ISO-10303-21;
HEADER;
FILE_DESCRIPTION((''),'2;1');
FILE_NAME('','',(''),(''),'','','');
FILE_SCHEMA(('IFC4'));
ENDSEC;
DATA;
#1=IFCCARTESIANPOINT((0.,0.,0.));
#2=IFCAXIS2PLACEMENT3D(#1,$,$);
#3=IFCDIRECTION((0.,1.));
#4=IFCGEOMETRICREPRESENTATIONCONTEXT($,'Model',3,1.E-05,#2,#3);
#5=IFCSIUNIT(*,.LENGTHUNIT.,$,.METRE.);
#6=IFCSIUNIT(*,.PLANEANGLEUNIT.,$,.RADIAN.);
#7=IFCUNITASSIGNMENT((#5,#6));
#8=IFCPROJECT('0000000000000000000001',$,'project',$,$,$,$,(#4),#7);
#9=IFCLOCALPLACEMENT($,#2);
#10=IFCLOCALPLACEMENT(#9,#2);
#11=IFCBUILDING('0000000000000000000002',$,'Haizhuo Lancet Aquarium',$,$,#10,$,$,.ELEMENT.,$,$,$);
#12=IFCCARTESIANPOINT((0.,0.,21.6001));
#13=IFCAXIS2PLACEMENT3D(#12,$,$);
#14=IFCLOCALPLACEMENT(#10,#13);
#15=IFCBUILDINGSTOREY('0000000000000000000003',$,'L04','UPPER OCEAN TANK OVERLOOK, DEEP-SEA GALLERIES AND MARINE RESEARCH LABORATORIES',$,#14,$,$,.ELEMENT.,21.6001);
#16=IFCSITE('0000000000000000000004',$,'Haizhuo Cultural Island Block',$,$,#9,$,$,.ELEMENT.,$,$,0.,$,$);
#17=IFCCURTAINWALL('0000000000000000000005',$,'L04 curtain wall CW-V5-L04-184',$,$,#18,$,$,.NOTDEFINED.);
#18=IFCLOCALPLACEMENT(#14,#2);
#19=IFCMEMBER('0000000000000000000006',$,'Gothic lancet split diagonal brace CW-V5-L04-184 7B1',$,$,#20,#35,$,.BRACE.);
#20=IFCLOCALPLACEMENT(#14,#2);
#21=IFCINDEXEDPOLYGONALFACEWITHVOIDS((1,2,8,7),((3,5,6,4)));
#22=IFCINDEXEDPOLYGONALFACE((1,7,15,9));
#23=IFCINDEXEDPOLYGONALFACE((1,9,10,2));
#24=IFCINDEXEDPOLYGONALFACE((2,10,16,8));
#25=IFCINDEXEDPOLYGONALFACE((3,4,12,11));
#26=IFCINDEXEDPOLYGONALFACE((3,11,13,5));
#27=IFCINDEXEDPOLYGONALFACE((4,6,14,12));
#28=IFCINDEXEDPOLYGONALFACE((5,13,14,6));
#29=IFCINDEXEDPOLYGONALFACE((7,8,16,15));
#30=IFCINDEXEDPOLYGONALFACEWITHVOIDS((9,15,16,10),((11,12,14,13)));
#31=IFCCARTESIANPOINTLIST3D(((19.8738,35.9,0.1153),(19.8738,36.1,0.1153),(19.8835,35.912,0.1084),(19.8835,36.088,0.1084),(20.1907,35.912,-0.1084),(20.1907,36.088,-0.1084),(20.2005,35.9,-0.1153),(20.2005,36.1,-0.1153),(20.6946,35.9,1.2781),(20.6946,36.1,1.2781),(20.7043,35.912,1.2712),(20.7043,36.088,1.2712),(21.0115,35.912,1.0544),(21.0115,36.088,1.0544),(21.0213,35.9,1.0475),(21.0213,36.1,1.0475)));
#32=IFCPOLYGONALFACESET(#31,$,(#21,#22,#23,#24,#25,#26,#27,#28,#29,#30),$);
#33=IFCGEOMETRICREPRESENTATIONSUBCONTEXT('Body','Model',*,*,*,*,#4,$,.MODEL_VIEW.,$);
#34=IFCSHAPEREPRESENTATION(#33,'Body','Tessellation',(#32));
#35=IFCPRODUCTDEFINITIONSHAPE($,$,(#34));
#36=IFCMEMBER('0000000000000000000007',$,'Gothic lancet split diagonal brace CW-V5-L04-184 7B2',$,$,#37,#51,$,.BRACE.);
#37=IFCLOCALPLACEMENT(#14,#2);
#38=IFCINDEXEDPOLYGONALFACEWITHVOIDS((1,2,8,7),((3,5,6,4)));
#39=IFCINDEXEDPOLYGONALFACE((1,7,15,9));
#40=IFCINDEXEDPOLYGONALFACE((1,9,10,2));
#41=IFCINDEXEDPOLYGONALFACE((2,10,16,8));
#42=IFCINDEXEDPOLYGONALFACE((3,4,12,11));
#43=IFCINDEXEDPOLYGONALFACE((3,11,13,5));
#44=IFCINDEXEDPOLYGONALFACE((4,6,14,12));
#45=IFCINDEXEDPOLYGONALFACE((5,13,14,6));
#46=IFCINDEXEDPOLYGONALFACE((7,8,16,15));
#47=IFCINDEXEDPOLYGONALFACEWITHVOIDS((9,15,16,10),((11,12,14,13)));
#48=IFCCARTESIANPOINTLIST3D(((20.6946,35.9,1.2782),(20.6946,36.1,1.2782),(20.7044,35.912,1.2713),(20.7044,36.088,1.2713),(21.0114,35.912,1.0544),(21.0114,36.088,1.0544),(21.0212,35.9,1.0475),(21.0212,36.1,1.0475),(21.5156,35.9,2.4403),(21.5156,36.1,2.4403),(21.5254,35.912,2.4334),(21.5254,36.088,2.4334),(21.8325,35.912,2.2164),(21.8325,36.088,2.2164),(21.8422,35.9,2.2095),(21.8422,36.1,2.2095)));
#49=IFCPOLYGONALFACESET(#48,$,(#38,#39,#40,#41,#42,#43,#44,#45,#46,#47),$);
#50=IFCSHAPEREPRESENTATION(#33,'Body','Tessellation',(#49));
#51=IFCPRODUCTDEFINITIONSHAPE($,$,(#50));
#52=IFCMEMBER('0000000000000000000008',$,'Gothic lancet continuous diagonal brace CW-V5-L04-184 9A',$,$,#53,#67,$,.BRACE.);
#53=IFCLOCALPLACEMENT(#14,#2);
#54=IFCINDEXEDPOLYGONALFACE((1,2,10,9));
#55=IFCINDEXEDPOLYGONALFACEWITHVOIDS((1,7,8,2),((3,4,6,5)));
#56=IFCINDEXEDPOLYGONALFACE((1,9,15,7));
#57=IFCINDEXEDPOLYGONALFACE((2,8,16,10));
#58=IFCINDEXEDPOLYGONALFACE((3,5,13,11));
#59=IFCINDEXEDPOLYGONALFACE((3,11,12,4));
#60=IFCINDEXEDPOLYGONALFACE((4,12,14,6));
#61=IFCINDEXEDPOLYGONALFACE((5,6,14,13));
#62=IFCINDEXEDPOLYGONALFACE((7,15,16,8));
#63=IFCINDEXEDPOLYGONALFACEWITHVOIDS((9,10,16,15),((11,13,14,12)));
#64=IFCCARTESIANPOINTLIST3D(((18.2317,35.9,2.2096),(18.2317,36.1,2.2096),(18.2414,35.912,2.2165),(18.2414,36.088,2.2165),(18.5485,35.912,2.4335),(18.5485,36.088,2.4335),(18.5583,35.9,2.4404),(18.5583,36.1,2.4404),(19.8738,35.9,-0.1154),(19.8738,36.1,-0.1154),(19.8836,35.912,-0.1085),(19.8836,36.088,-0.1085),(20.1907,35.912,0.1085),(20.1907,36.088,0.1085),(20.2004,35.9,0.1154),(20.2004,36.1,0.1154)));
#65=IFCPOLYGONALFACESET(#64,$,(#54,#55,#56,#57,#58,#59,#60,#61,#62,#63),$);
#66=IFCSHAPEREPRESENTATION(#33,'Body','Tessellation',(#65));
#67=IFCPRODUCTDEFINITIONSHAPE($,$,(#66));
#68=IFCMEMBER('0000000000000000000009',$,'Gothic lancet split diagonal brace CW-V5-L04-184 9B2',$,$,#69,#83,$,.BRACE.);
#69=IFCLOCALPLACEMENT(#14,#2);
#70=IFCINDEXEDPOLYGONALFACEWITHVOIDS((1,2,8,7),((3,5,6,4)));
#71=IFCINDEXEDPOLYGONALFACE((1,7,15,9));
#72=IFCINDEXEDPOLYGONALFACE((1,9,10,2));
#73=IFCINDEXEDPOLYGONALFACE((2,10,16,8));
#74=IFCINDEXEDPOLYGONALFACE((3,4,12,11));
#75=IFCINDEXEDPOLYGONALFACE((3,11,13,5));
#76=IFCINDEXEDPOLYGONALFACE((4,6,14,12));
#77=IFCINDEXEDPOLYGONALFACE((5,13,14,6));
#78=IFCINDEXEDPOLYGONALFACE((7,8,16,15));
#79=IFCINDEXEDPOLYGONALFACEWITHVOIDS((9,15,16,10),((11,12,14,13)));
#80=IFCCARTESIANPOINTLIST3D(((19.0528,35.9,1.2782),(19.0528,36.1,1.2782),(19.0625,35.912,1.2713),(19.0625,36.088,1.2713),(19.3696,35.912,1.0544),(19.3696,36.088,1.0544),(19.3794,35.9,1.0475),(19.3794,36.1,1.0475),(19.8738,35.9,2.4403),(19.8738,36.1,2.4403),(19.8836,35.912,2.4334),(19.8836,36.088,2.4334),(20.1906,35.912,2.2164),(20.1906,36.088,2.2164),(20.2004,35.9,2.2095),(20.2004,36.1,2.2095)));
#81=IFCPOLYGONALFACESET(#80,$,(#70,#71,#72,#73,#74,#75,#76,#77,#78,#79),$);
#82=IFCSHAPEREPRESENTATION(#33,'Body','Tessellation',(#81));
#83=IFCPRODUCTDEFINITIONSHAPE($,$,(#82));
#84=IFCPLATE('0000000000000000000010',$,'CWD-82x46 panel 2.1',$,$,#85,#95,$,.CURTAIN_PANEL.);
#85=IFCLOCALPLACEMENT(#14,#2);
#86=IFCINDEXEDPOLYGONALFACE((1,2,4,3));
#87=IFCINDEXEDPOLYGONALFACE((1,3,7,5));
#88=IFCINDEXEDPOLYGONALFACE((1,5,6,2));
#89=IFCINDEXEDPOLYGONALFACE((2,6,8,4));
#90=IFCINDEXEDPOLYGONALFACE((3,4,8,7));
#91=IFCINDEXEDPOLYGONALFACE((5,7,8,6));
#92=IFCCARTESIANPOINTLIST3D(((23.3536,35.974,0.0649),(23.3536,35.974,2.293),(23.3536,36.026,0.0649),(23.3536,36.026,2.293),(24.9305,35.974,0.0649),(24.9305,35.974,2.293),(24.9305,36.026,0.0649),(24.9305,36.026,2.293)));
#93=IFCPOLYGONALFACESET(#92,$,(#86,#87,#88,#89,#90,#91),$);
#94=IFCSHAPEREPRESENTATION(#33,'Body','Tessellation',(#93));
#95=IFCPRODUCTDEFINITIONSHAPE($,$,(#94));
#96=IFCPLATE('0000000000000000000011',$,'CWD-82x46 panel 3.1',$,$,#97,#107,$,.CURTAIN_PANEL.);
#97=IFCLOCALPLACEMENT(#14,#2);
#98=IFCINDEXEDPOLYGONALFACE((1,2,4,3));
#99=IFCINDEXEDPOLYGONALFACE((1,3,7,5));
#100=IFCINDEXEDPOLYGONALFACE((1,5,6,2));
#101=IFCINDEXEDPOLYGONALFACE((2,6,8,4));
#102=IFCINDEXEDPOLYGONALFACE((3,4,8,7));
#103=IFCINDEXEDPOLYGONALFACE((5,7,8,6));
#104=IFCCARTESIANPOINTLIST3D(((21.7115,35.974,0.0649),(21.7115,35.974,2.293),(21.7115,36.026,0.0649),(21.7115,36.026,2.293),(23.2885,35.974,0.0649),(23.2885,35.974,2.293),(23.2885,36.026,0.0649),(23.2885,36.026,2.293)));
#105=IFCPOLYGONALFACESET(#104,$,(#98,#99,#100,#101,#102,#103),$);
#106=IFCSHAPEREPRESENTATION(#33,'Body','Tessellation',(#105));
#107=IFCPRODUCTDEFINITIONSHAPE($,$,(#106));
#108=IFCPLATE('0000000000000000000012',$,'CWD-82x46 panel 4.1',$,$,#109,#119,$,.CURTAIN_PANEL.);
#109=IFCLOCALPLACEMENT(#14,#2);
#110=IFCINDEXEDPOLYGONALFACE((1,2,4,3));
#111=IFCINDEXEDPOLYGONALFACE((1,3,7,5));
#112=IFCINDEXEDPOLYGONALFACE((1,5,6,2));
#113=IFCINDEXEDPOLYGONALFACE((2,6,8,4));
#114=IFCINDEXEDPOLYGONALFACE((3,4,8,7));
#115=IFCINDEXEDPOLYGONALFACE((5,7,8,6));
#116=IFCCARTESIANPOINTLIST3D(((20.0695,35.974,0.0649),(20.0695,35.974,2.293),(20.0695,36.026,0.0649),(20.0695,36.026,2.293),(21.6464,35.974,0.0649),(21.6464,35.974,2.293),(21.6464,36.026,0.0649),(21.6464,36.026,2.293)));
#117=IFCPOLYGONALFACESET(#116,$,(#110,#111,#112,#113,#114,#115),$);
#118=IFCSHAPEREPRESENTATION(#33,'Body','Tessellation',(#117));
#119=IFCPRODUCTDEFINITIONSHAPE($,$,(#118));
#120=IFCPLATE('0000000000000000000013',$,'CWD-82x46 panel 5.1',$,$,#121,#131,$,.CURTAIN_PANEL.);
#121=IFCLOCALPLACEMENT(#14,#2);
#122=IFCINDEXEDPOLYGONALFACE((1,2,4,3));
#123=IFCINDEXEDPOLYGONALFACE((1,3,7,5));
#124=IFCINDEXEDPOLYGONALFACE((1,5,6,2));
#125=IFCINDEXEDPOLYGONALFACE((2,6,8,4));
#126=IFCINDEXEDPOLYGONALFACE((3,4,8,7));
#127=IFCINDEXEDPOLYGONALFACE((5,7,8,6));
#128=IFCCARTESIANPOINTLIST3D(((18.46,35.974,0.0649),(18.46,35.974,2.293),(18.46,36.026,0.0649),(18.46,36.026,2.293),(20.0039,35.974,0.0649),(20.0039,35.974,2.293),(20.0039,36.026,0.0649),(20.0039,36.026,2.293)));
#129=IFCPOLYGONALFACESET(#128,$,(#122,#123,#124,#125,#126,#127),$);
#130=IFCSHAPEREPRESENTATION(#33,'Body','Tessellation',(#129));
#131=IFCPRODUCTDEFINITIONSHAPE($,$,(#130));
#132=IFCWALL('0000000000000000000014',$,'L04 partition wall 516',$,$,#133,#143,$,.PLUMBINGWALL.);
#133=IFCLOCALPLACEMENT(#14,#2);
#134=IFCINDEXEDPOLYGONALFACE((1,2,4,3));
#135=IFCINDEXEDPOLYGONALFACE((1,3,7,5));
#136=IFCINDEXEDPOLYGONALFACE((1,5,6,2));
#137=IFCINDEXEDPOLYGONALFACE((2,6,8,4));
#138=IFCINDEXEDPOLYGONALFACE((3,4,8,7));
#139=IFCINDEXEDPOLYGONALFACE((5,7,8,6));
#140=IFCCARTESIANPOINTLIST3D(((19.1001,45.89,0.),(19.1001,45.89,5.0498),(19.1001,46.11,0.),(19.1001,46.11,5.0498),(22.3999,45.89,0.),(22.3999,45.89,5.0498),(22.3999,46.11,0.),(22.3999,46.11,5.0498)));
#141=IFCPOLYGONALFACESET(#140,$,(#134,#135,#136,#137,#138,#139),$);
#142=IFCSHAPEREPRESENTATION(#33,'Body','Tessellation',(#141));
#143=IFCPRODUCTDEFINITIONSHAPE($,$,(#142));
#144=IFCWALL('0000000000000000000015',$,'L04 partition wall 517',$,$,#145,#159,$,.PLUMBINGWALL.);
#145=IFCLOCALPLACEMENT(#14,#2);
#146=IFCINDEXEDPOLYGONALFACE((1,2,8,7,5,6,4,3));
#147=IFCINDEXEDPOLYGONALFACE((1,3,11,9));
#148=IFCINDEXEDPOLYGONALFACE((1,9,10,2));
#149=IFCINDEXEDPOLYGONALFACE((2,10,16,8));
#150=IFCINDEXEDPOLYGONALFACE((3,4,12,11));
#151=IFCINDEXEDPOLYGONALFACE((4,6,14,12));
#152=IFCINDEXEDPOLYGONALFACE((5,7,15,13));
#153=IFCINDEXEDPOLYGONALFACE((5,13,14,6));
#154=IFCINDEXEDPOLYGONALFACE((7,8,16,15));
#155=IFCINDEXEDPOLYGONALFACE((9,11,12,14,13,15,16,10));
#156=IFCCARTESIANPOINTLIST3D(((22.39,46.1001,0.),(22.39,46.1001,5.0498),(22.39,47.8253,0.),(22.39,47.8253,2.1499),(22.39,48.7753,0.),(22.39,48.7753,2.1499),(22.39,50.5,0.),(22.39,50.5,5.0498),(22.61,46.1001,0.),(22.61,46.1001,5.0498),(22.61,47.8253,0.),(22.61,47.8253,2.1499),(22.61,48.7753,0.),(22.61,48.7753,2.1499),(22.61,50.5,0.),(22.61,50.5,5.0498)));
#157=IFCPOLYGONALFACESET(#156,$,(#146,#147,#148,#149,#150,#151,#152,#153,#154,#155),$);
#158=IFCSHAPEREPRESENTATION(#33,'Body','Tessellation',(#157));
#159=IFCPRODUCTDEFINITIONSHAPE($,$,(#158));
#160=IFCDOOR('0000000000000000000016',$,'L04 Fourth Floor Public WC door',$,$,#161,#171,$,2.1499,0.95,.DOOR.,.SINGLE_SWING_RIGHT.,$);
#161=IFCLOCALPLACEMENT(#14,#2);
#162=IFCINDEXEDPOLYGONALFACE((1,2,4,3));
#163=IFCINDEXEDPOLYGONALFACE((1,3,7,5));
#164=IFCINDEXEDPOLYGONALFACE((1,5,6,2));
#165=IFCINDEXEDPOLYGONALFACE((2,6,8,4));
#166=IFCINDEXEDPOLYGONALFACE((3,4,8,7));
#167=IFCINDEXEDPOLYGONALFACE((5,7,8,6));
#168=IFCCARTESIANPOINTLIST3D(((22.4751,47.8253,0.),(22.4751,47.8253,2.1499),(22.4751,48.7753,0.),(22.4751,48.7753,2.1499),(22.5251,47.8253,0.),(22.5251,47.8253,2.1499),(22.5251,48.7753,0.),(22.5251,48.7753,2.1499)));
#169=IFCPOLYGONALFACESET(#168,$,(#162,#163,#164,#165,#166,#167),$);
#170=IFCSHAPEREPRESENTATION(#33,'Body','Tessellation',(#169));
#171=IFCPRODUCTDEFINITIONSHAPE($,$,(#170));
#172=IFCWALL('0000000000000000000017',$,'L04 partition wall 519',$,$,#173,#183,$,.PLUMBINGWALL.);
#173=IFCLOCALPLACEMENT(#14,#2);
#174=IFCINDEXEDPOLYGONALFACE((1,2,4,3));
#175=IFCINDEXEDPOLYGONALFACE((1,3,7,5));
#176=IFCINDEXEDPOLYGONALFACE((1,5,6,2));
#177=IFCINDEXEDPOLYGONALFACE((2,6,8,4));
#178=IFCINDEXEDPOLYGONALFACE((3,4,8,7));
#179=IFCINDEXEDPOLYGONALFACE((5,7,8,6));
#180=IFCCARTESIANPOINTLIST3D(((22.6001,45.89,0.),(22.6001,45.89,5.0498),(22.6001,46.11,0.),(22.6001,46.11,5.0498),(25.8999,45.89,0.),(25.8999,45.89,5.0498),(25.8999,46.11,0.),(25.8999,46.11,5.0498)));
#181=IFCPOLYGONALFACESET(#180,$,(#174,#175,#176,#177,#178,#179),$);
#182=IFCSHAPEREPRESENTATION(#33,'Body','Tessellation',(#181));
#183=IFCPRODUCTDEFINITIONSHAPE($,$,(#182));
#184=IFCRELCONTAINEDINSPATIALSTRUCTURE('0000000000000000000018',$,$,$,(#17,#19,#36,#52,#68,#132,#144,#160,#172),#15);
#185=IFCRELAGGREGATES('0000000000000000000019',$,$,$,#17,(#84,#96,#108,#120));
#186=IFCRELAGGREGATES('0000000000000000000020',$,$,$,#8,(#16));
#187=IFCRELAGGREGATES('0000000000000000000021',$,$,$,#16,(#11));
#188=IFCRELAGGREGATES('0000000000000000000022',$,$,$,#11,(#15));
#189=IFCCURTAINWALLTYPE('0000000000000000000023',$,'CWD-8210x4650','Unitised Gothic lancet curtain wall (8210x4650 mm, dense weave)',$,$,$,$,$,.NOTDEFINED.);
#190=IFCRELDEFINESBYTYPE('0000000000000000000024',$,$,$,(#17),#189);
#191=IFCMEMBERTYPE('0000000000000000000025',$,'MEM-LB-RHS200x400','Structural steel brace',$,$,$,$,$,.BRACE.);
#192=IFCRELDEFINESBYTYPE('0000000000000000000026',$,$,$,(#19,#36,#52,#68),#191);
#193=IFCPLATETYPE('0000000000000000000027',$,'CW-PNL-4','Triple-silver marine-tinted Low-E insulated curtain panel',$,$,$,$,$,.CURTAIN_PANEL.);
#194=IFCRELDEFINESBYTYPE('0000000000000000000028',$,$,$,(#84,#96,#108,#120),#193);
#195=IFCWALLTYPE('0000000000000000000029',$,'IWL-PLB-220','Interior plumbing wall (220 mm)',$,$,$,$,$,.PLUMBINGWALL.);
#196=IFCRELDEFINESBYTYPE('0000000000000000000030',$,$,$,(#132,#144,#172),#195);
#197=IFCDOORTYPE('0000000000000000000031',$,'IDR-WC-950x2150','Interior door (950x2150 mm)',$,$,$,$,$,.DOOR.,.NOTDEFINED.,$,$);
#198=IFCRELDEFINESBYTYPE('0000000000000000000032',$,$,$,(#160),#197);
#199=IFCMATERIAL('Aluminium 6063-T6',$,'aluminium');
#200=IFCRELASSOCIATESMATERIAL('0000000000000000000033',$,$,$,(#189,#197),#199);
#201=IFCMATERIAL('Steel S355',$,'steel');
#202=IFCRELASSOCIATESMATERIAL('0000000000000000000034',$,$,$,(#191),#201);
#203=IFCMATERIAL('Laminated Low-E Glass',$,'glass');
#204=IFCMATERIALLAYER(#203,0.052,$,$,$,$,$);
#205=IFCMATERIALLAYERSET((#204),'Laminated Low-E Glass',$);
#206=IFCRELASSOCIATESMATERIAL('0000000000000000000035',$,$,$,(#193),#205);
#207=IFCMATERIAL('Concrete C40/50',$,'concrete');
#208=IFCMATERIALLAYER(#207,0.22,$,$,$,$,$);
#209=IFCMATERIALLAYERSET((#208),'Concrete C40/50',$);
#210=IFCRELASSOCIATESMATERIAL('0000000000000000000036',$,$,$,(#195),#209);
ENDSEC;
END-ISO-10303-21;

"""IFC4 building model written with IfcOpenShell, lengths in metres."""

from ifc_helpers import new_model, si_unit, direction, frame, frame_2d, origin, origin_2d, place, context, subcontext, project, spatial, rectangle, hollow_rectangle, extrude, material, layer, layer_set, material_profile, profile_set, type_object, element, fill, aggregate, save


model = new_model("IFC4")

# Units and contexts
model_context = context("Model", 3, precision=1e-05, world=origin(), true_north=direction((0.0, 1.0)))
body_context = subcontext(model_context, "Body", "Model", "MODEL_VIEW")
ifc_project = project(units=[si_unit("LENGTHUNIT", "METRE"), si_unit("PLANEANGLEUNIT", "RADIAN")], contexts=[model_context])

# Site, building, storey
site_placement = place(None, origin())
site = spatial("IfcSite", under=ifc_project, at=site_placement, Name="Haizhuo Cultural Island Block", CompositionType="ELEMENT", RefElevation=0.0)
building_placement = place(site_placement, origin())
building = spatial("IfcBuilding", under=site, at=building_placement, Name="Haizhuo Lancet Aquarium", CompositionType="ELEMENT")
storey_placement = place(building_placement, frame((0.0, 0.0, 21.6001)))
storey = spatial("IfcBuildingStorey", under=building, at=storey_placement, Name="L04", Description="UPPER OCEAN TANK OVERLOOK, DEEP-SEA GALLERIES AND MARINE RESEARCH LABORATORIES", CompositionType="ELEMENT", Elevation=21.6001)

# Curtain wall
ifc_material_1 = material(Name="Aluminium 6063-T6", Category="aluminium")
curtain_wall_type = type_object("IfcCurtainWallType", Name="CWD-8210x4650", Description="Unitised Gothic lancet curtain wall (8210x4650 mm, dense weave)", PredefinedType="NOTDEFINED", material=ifc_material_1)
curtain_wall_placement = place(storey_placement, origin())
curtain_wall = element("IfcCurtainWall", 1, at=curtain_wall_placement, inside=storey, type_object=curtain_wall_type, Name="L04 curtain wall CW-V5-L04-184", PredefinedType="NOTDEFINED")

# Members
ifc_material_2 = material(Name="Steel S355", Category="steel")
ifc_material_profile_1 = material_profile(ifc_material_2, hollow_rectangle(XDim=0.2, YDim=0.3999, WallThickness=0.012, at=origin_2d()), Name="RHS 200x400x12")
ifc_profile_set_1 = profile_set([ifc_material_profile_1], Name="Steel S355")
member_type_1 = type_object("IfcMemberType", Name="MEM-LB-RHS200x400", Description="Structural steel brace", PredefinedType="BRACE", material=ifc_profile_set_1)
member_1_placement = place(storey_placement, frame((20.0371, 36.0, 0.0), z_axis=(0.57667, 0.0, 0.816977), x_axis=(0.0, 1.0, 0.0)))
element("IfcMember", 2, at=member_1_placement, inside=storey, type_object=member_type_1, Name="Gothic lancet split diagonal brace CW-V5-L04-184 7B1", PredefinedType="BRACE", context=body_context, shape_type="SweptSolid", body=[
    extrude(hollow_rectangle(XDim=0.2, YDim=0.3999, WallThickness=0.012, at=origin_2d()), origin(), (0.0, 0.0, 1.0), 1.4233),
])
member_2_placement = place(storey_placement, frame((20.8579, 36.0, 1.1628), z_axis=(0.577027, 0.0, 0.816725), x_axis=(0.0, 1.0, 0.0)))
element("IfcMember", 3, at=member_2_placement, inside=storey, type_object=member_type_1, Name="Gothic lancet split diagonal brace CW-V5-L04-184 7B2", PredefinedType="BRACE", context=body_context, shape_type="SweptSolid", body=[
    extrude(hollow_rectangle(XDim=0.2, YDim=0.3999, WallThickness=0.012, at=origin_2d()), origin(), (0.0, 0.0, 1.0), 1.4229),
])
member_3_placement = place(storey_placement, frame((20.0371, 36.0, 0.0), z_axis=(-0.576905, 0.0, 0.816811), x_axis=(0.0, -1.0, 0.0)))
element("IfcMember", 4, at=member_3_placement, inside=storey, type_object=member_type_1, Name="Gothic lancet continuous diagonal brace CW-V5-L04-184 9A", PredefinedType="BRACE", context=body_context, shape_type="SweptSolid", body=[
    extrude(hollow_rectangle(XDim=0.2, YDim=0.3999, WallThickness=0.012, at=origin_2d()), origin(), (0.0, 0.0, 1.0), 2.8464),
])
member_4_placement = place(storey_placement, frame((19.2161, 36.0, 1.1628), z_axis=(0.577027, 0.0, 0.816725), x_axis=(0.0, 1.0, 0.0)))
element("IfcMember", 5, at=member_4_placement, inside=storey, type_object=member_type_1, Name="Gothic lancet split diagonal brace CW-V5-L04-184 9B2", PredefinedType="BRACE", context=body_context, shape_type="SweptSolid", body=[
    extrude(hollow_rectangle(XDim=0.2, YDim=0.3999, WallThickness=0.012, at=origin_2d()), origin(), (0.0, 0.0, 1.0), 1.4229),
])

# Plates
ifc_material_3 = material(Name="Laminated Low-E Glass", Category="glass")
ifc_layer_1 = layer(ifc_material_3, 0.052)
ifc_layer_set_1 = layer_set([ifc_layer_1], Name="Laminated Low-E Glass")
plate_type = type_object("IfcPlateType", Name="CW-PNL-4", Description="Triple-silver marine-tinted Low-E insulated curtain panel", PredefinedType="CURTAIN_PANEL", material=ifc_layer_set_1)
plate_1_placement = place(storey_placement, frame((24.1421, 36.0, 0.0649), z_axis=(0.0, 0.0, 1.0), x_axis=(-1.0, 0.0, 0.0)))
plate_1 = element("IfcPlate", 6, at=plate_1_placement, type_object=plate_type, Name="CWD-82x46 panel 2.1", PredefinedType="CURTAIN_PANEL", context=body_context, shape_type="SweptSolid", body=[
    extrude(rectangle(XDim=1.5769, YDim=0.052, at=origin_2d()), origin(), (0.0, 0.0, 1.0), 2.228),
])
plate_2_placement = place(storey_placement, frame((22.5, 36.0, 0.0649), z_axis=(0.0, 0.0, 1.0), x_axis=(-1.0, 0.0, 0.0)))
plate_2 = element("IfcPlate", 7, at=plate_2_placement, type_object=plate_type, Name="CWD-82x46 panel 3.1", PredefinedType="CURTAIN_PANEL", context=body_context, shape_type="SweptSolid", body=[
    extrude(rectangle(XDim=1.5769, YDim=0.052, at=origin_2d()), origin(), (0.0, 0.0, 1.0), 2.228),
])
plate_3_placement = place(storey_placement, frame((20.8579, 36.0, 0.0649), z_axis=(0.0, 0.0, 1.0), x_axis=(-1.0, 0.0, 0.0)))
plate_3 = element("IfcPlate", 8, at=plate_3_placement, type_object=plate_type, Name="CWD-82x46 panel 4.1", PredefinedType="CURTAIN_PANEL", context=body_context, shape_type="SweptSolid", body=[
    extrude(rectangle(XDim=1.5769, YDim=0.052, at=origin_2d()), origin(), (0.0, 0.0, 1.0), 2.228),
])
plate_4_placement = place(storey_placement, frame((19.2319, 36.0, 0.0649), z_axis=(0.0, 0.0, 1.0), x_axis=(-1.0, 0.0, 0.0)))
plate_4 = element("IfcPlate", 9, at=plate_4_placement, type_object=plate_type, Name="CWD-82x46 panel 5.1", PredefinedType="CURTAIN_PANEL", context=body_context, shape_type="SweptSolid", body=[
    extrude(rectangle(XDim=1.5439, YDim=0.052, at=origin_2d()), origin(), (0.0, 0.0, 1.0), 2.228),
])
aggregate(curtain_wall, [plate_1, plate_2, plate_3, plate_4])

# Wall
ifc_material_4 = material(Name="Concrete C40/50", Category="concrete")
ifc_layer_2 = layer(ifc_material_4, 0.22)
ifc_layer_set_2 = layer_set([ifc_layer_2], Name="Concrete C40/50")
wall_type = type_object("IfcWallType", Name="IWL-PLB-220", Description="Interior plumbing wall (220 mm)", PredefinedType="PLUMBINGWALL", material=ifc_layer_set_2)
wall_1_placement = place(storey_placement, frame((19.1001, 46.0, 0.0), z_axis=(0.0, 0.0, 1.0), x_axis=(1.0, 0.0, 0.0)))
element("IfcWall", 10, at=wall_1_placement, inside=storey, type_object=wall_type, Name="L04 partition wall 516", PredefinedType="PLUMBINGWALL", context=body_context, shape_type="SweptSolid", body=[
    extrude(rectangle(XDim=3.2998, YDim=0.22, at=frame_2d((1.6499, 0.0))), origin(), (0.0, 0.0, 1.0), 5.0498),
])

# Wall, opening, door
wall_2_placement = place(storey_placement, frame((22.5, 46.1001, 0.0), z_axis=(0.0, 0.0, 1.0), x_axis=(0.0, 1.0, 0.0)))
wall_2 = element("IfcWall", 11, at=wall_2_placement, inside=storey, type_object=wall_type, Name="L04 partition wall 517", PredefinedType="PLUMBINGWALL", context=body_context, shape_type="SweptSolid", body=[
    extrude(rectangle(XDim=4.3999, YDim=0.22, at=frame_2d((2.2, 0.0))), origin(), (0.0, 0.0, 1.0), 5.0498),
])
opening_placement = place(wall_2_placement, frame((1.7251, 0.0, 0.0)))
opening = element("IfcOpeningElement", 12, at=opening_placement, cuts=wall_2, PredefinedType="OPENING", context=body_context, shape_type="SweptSolid", body=[
    extrude(rectangle(XDim=0.95, YDim=2.1499, at=frame_2d((0.4751, 1.075))), frame((0.0, 0.1199, 0.0), z_axis=(0.0, -1.0, 0.0), x_axis=(1.0, 0.0, 0.0)), (0.0, 0.0, 1.0), 0.24),
])
door_type = type_object("IfcDoorType", Name="IDR-WC-950x2150", Description="Interior door (950x2150 mm)", OperationType="NOTDEFINED", PredefinedType="DOOR", material=ifc_material_1)
door_placement = place(opening_placement, origin())
door = element("IfcDoor", 13, at=door_placement, inside=storey, type_object=door_type, Name="L04 Fourth Floor Public WC door", OperationType="SINGLE_SWING_RIGHT", OverallHeight=2.1499, OverallWidth=0.95, PredefinedType="DOOR", context=body_context, shape_type="SweptSolid", body=[
    extrude(rectangle(XDim=0.95, YDim=2.1499, at=frame_2d((0.4751, 1.075))), frame((0.0, 0.0249, 0.0), z_axis=(0.0, -1.0, 0.0), x_axis=(1.0, 0.0, 0.0)), (0.0, 0.0, 1.0), 0.05),
])
fill(opening, door)

# Wall
wall_3_placement = place(storey_placement, frame((22.6001, 46.0, 0.0), z_axis=(0.0, 0.0, 1.0), x_axis=(1.0, 0.0, 0.0)))
element("IfcWall", 14, at=wall_3_placement, inside=storey, type_object=wall_type, Name="L04 partition wall 519", PredefinedType="PLUMBINGWALL", context=body_context, shape_type="SweptSolid", body=[
    extrude(rectangle(XDim=3.2998, YDim=0.22, at=frame_2d((1.6499, 0.0))), origin(), (0.0, 0.0, 1.0), 5.0498),
])

save(model, "model.ifc")
